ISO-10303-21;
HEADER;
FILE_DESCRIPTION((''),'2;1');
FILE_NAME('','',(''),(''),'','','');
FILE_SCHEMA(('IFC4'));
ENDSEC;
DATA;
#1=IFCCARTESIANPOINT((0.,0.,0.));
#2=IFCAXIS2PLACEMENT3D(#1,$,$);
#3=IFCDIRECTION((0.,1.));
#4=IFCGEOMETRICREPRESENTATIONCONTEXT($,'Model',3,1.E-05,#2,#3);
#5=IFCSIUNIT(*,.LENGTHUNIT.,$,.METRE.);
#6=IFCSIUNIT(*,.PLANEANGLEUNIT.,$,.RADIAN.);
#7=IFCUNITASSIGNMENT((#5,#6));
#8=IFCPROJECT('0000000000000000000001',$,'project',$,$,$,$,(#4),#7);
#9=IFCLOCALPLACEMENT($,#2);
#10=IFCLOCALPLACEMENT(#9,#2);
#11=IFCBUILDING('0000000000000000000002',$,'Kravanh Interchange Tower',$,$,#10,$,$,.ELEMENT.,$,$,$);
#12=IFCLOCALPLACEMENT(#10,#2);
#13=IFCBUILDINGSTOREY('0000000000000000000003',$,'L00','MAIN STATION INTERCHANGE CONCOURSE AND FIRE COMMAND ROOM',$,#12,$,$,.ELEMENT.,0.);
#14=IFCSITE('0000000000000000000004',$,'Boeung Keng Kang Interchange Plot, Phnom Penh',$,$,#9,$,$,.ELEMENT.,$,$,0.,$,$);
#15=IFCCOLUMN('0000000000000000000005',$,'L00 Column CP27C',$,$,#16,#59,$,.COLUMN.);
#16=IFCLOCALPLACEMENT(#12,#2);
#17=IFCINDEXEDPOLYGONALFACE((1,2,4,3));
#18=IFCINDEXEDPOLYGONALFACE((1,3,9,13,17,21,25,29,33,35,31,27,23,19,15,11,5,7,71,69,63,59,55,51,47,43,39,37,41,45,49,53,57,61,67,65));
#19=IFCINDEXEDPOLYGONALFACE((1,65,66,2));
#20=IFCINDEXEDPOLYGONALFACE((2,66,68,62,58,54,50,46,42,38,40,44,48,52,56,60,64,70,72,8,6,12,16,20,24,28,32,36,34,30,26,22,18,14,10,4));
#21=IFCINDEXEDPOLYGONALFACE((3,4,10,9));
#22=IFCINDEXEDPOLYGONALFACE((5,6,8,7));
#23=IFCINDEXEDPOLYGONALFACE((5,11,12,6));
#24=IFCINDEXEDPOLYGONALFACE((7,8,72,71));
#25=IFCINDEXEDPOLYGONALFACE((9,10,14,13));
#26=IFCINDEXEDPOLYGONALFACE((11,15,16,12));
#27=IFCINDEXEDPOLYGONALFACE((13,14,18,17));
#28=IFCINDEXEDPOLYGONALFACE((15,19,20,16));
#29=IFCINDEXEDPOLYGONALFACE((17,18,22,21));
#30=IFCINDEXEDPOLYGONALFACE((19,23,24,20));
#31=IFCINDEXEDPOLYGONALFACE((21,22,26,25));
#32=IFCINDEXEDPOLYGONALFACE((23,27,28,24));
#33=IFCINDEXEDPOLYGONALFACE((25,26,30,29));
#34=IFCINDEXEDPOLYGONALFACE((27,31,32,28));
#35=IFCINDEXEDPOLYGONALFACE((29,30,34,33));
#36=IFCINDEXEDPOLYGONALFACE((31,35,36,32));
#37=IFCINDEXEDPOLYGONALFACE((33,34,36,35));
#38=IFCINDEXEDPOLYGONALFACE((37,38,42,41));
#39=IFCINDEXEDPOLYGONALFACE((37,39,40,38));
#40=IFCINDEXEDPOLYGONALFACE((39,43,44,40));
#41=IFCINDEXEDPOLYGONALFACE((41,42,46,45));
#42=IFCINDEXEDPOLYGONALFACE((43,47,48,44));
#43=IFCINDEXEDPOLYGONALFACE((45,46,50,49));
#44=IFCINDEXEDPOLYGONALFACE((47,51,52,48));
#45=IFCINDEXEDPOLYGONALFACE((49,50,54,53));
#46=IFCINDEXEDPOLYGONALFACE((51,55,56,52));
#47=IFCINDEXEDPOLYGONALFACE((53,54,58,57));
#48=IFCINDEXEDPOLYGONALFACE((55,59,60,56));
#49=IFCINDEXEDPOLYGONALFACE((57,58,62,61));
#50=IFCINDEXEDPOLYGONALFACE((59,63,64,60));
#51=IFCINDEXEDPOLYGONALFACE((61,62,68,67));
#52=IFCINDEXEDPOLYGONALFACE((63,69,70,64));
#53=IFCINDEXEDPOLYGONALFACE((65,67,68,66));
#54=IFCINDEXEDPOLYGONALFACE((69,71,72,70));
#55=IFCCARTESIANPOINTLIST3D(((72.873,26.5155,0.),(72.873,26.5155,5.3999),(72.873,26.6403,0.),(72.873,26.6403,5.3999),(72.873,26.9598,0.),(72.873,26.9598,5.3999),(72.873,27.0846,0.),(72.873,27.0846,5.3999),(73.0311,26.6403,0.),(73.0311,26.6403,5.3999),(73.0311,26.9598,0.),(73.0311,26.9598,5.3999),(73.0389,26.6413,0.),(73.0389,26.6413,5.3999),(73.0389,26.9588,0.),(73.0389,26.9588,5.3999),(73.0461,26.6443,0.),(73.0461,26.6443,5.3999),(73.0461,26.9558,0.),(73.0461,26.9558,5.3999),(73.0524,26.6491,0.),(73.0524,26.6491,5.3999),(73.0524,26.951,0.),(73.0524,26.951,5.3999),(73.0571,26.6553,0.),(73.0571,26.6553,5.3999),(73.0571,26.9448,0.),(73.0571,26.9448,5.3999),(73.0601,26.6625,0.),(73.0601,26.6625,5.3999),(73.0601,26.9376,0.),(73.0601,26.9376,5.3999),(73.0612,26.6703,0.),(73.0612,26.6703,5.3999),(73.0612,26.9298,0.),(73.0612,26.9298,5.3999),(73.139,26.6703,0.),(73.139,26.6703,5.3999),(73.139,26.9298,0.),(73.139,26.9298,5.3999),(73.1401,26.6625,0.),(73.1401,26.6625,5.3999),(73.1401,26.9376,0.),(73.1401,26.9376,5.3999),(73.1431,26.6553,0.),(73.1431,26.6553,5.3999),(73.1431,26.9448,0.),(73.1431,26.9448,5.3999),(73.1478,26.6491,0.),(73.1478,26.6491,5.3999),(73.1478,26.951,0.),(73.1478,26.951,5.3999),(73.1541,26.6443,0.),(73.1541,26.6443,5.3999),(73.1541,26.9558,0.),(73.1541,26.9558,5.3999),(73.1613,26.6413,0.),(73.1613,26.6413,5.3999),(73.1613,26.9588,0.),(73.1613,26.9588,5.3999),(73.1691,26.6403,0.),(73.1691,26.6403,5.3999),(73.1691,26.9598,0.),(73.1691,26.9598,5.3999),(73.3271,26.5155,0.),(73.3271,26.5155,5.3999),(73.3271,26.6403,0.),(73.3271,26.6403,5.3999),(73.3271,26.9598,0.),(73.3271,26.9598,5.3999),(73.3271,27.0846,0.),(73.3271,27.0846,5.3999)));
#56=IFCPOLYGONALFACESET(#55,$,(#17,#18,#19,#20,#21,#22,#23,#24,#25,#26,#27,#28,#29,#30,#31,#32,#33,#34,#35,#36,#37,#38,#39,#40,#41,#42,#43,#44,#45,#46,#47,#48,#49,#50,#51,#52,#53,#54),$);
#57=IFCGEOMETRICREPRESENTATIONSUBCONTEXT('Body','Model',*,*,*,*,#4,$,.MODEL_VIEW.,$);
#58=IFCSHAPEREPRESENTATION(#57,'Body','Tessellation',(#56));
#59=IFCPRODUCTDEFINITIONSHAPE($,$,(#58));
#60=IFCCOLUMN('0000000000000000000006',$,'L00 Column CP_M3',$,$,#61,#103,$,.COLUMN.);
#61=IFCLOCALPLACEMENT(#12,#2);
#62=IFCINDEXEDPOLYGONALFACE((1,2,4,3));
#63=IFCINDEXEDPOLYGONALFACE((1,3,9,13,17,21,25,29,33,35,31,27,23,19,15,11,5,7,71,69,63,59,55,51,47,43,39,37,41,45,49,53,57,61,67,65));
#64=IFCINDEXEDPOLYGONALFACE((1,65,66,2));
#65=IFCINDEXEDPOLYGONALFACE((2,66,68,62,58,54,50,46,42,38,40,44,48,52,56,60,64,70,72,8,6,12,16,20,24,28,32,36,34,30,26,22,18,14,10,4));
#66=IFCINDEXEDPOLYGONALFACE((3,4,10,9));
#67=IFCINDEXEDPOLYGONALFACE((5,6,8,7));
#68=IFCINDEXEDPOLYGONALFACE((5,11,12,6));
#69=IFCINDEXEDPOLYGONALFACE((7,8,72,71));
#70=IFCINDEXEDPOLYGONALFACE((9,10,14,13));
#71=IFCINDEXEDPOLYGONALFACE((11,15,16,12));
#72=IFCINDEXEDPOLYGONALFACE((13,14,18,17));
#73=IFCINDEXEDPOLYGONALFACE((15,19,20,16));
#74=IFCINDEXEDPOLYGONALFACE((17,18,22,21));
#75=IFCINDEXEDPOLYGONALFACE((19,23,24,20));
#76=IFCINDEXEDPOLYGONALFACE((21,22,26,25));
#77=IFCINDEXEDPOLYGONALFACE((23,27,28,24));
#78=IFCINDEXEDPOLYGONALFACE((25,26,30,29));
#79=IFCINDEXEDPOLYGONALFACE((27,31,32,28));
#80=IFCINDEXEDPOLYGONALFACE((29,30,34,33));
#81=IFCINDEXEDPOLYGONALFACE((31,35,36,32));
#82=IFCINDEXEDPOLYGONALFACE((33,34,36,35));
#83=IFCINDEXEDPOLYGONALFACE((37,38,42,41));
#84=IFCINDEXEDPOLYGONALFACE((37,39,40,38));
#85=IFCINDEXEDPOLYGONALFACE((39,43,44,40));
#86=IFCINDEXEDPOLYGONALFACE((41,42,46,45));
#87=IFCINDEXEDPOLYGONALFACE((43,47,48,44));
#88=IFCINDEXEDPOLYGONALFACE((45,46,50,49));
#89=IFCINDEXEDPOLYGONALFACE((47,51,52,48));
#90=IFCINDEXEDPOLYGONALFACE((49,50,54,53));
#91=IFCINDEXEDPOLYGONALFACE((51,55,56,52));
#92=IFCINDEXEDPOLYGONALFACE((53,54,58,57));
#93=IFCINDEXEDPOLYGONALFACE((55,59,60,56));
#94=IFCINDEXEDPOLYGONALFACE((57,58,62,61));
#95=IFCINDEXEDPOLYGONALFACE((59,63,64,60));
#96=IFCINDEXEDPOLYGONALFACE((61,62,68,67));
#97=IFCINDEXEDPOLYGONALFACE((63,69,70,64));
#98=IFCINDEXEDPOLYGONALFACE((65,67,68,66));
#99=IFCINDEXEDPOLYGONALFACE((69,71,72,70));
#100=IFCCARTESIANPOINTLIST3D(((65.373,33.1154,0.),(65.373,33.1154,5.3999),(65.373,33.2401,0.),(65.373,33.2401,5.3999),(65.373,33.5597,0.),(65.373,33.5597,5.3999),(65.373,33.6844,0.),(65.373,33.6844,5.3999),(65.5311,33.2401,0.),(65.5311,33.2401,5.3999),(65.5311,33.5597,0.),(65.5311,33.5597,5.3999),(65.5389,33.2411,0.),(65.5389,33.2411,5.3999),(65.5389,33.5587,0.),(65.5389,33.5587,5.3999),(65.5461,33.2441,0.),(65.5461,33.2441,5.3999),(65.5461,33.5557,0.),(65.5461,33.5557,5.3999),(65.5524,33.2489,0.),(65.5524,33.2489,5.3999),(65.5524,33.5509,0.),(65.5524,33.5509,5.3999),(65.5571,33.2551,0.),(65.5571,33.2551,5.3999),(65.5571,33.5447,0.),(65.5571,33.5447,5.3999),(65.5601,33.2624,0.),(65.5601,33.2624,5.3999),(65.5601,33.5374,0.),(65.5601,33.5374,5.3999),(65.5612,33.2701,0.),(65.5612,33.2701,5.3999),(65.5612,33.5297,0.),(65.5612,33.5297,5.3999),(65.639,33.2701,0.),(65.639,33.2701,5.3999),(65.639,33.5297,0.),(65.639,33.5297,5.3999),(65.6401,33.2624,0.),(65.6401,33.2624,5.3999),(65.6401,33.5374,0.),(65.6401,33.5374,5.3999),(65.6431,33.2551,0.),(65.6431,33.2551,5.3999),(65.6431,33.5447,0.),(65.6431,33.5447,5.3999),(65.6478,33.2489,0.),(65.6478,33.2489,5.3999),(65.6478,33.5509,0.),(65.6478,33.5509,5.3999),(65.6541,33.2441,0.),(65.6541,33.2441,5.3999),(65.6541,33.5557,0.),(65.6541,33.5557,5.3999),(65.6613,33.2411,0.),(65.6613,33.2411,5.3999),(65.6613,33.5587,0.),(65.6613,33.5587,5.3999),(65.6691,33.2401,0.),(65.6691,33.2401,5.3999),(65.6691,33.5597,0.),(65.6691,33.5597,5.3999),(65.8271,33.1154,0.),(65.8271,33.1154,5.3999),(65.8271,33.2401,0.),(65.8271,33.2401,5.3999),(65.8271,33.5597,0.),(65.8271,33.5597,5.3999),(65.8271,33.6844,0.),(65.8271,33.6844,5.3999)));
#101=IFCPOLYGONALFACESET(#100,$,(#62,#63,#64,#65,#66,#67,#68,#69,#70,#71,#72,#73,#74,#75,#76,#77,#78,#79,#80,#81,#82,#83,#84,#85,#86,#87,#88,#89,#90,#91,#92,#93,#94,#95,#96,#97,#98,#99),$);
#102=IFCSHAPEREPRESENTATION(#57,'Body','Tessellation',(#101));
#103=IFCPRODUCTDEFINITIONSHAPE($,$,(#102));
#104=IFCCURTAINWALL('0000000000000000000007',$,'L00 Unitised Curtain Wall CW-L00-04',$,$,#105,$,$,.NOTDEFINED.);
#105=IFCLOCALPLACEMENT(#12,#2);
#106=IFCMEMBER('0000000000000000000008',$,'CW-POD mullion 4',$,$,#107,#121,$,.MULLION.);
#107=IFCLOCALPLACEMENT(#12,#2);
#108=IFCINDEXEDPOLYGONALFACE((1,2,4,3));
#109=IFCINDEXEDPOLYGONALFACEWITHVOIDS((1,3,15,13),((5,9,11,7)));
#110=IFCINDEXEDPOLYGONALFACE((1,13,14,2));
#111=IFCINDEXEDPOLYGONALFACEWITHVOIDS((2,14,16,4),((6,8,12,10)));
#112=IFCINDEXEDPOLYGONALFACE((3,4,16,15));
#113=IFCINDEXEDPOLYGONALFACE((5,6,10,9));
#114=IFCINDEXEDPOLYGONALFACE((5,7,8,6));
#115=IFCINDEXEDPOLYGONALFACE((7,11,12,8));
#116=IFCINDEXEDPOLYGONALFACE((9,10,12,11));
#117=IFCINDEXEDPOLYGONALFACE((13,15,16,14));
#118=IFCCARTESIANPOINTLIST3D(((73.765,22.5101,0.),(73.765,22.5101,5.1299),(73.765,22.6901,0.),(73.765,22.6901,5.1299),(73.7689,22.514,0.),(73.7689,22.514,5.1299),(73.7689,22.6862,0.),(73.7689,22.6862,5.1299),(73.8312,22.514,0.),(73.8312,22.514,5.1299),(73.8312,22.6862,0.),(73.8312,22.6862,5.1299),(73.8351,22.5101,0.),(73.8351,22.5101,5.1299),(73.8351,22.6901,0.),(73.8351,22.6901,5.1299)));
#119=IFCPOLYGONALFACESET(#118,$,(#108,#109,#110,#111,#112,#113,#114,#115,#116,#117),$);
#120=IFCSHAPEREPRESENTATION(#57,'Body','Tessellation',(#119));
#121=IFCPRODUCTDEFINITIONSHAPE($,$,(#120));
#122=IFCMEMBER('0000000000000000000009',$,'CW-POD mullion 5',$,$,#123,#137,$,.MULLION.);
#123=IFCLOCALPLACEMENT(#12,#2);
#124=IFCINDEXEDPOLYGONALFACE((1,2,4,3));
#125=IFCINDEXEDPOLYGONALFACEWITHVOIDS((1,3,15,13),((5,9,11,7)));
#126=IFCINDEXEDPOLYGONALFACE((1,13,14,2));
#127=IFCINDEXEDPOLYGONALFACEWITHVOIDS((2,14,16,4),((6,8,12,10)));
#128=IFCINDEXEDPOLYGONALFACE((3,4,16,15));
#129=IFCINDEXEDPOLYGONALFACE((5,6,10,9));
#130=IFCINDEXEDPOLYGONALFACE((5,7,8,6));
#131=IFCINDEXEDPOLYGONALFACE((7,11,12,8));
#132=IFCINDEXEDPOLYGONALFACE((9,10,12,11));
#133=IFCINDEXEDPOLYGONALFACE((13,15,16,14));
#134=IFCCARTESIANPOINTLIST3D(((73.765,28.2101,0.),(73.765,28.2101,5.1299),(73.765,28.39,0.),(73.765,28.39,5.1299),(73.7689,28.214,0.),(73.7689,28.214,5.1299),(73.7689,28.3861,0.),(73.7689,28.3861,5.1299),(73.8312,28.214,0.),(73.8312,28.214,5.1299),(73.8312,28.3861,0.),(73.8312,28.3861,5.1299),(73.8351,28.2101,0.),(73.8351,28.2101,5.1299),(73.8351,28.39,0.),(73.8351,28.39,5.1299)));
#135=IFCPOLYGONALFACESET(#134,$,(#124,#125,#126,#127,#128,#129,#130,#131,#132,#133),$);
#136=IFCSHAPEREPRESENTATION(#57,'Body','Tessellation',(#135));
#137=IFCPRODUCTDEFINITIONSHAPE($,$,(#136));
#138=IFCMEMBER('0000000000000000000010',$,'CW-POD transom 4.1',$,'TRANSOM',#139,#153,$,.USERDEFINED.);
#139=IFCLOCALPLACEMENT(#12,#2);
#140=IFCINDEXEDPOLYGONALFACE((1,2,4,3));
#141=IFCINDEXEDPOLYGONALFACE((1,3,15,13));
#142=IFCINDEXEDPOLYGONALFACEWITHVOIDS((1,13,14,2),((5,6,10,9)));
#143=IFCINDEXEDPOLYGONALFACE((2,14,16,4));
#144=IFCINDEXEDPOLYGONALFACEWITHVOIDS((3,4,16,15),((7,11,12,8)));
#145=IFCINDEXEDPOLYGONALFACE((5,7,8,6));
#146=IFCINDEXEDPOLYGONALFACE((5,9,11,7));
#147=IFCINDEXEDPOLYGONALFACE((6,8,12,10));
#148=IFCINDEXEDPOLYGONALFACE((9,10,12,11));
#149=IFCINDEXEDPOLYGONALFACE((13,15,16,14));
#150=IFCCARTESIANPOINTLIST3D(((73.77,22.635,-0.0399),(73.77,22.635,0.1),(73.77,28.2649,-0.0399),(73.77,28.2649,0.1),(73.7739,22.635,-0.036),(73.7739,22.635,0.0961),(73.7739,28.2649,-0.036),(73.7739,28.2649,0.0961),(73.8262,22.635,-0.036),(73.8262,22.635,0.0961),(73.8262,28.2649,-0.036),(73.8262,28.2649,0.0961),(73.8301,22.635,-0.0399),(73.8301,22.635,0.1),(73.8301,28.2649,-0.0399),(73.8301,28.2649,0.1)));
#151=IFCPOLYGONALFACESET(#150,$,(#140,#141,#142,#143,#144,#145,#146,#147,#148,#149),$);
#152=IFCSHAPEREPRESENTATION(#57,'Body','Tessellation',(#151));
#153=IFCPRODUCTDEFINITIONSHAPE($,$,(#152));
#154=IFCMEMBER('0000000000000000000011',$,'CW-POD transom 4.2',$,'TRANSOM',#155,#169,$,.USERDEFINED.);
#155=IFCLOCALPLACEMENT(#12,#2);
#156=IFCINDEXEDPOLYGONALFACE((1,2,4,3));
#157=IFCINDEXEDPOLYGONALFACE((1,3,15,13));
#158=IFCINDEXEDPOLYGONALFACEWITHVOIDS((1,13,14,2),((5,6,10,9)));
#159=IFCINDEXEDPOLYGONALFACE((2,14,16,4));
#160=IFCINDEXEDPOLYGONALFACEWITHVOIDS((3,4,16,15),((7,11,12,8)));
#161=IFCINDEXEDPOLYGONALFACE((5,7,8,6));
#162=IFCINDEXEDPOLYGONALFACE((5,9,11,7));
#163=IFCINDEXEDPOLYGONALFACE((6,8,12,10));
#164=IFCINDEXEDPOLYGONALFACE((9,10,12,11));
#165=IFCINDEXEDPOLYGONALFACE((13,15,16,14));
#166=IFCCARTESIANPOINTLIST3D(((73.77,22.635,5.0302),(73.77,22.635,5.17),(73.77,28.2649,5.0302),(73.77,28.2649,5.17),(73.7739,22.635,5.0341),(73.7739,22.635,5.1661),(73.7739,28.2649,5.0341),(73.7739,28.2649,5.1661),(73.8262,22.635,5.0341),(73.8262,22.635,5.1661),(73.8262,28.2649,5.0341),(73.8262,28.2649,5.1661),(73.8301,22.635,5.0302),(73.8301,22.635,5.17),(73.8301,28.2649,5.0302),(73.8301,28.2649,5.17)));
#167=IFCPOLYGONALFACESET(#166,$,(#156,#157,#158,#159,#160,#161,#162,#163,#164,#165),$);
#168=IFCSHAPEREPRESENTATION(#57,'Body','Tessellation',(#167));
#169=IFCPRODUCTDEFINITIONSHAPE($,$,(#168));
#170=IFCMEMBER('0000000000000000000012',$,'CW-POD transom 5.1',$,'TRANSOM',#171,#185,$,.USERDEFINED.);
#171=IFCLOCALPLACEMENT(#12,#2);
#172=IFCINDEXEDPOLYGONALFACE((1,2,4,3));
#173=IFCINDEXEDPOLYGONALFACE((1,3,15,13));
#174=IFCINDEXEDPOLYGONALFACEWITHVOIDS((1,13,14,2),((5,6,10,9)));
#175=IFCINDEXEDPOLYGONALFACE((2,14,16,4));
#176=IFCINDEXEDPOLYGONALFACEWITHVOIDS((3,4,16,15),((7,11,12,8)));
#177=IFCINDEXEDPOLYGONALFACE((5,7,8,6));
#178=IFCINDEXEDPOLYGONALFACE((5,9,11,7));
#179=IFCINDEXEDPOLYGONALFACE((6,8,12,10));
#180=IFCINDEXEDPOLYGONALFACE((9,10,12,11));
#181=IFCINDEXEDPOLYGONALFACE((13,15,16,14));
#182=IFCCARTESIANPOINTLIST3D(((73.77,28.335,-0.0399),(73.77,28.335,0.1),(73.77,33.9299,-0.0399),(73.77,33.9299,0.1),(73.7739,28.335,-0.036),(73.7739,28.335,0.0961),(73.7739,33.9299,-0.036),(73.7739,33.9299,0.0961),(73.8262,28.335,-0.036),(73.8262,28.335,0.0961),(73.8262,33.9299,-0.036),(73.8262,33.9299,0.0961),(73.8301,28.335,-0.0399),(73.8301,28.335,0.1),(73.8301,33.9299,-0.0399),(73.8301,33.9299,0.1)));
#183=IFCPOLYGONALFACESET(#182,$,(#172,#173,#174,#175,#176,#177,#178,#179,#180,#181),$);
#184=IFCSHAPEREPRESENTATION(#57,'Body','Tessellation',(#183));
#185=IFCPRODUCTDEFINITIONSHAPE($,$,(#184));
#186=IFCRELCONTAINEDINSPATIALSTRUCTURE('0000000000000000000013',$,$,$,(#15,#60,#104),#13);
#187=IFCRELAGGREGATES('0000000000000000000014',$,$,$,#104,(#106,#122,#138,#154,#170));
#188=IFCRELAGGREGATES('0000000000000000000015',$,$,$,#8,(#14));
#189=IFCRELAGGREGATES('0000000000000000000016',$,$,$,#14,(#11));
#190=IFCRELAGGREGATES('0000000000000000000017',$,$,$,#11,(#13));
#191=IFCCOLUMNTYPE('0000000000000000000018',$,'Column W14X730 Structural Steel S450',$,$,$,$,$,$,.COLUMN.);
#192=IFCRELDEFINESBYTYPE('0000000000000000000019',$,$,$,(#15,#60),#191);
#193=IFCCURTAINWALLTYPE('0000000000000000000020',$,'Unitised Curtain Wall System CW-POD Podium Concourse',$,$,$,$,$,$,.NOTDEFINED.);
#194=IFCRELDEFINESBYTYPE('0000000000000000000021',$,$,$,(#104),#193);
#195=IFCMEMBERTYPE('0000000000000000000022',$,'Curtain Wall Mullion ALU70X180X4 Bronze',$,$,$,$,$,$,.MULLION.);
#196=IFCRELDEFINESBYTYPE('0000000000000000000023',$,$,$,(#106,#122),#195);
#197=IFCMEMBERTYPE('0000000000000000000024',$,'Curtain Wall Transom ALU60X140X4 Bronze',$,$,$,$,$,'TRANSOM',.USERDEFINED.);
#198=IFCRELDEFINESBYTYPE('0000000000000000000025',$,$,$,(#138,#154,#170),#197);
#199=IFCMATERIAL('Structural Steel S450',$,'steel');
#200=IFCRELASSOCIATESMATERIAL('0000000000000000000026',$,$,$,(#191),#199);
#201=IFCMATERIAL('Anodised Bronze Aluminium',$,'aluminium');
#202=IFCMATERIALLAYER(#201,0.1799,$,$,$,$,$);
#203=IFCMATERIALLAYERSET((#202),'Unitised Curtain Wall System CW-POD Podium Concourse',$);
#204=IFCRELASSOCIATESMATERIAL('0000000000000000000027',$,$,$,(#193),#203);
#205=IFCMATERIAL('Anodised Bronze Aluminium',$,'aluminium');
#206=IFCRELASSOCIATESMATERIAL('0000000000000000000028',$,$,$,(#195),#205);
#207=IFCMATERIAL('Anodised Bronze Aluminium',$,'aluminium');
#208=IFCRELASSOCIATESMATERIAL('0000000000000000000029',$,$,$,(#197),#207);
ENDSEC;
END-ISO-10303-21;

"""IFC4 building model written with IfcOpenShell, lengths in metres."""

from ifc_helpers import new_model, si_unit, direction, frame, origin, origin_2d, place, context, subcontext, project, spatial, hollow_rectangle, i_section, extrude, material, layer, layer_set, material_profile, profile_set, type_object, element, aggregate, save


model = new_model("IFC4")

# Units and contexts
model_context = context("Model", 3, precision=1e-05, world=origin(), true_north=direction((0.0, 1.0)))
body_context = subcontext(model_context, "Body", "Model", "MODEL_VIEW")
ifc_project = project(units=[si_unit("LENGTHUNIT", "METRE"), si_unit("PLANEANGLEUNIT", "RADIAN")], contexts=[model_context])

# Site, building, storey
site_placement = place(None, origin())
site = spatial("IfcSite", under=ifc_project, at=site_placement, Name="Boeung Keng Kang Interchange Plot, Phnom Penh", CompositionType="ELEMENT", RefElevation=0.0)
building_placement = place(site_placement, origin())
building = spatial("IfcBuilding", under=site, at=building_placement, Name="Kravanh Interchange Tower", CompositionType="ELEMENT")
storey_placement = place(building_placement, origin())
storey = spatial("IfcBuildingStorey", under=building, at=storey_placement, Name="L00", Description="MAIN STATION INTERCHANGE CONCOURSE AND FIRE COMMAND ROOM", CompositionType="ELEMENT", Elevation=0.0)

# Columns
ifc_material_1 = material(Name="Structural Steel S450", Category="steel")
ifc_material_profile_1 = material_profile(ifc_material_1, i_section(OverallWidth=0.4541, OverallDepth=0.5691, WebThickness=0.0779, FlangeThickness=0.1248, FilletRadius=0.03, at=origin_2d()), Name="W14X730")
ifc_profile_set_1 = profile_set([ifc_material_profile_1], Name="Structural Steel S450")
column_type = type_object("IfcColumnType", Name="Column W14X730 Structural Steel S450", PredefinedType="COLUMN", material=ifc_profile_set_1)
for number, where, z_axis, x_axis, name in (
    (1, (73.1001, 26.8, 0.0), (0.0, 0.0, 1.0), (1.0, 0.0, 0.0), "L00 Column CP27C"),
    (2, (65.6001, 33.3999, 0.0), (0.0, 0.0, 1.0), (1.0, 0.0, 0.0), "L00 Column CP_M3"),
):
    element("IfcColumn", number, at=place(storey_placement, frame(where, z_axis=z_axis, x_axis=x_axis)), inside=storey, type_object=column_type, Name=name, PredefinedType="COLUMN", context=body_context, shape_type="SweptSolid", body=[
        extrude(i_section(OverallWidth=0.4541, OverallDepth=0.5691, WebThickness=0.0779, FlangeThickness=0.1248, FilletRadius=0.03, at=origin_2d()), origin(), (0.0, 0.0, 1.0), 5.3999),
    ])

# Curtain wall, members
ifc_material_2 = material(Name="Anodised Bronze Aluminium", Category="aluminium")
ifc_layer_1 = layer(ifc_material_2, 0.1799)
ifc_layer_set_1 = layer_set([ifc_layer_1], Name="Unitised Curtain Wall System CW-POD Podium Concourse")
curtain_wall_type = type_object("IfcCurtainWallType", Name="Unitised Curtain Wall System CW-POD Podium Concourse", PredefinedType="NOTDEFINED", material=ifc_layer_set_1)
curtain_wall_placement = place(storey_placement, origin())
curtain_wall = element("IfcCurtainWall", 3, at=curtain_wall_placement, inside=storey, type_object=curtain_wall_type, Name="L00 Unitised Curtain Wall CW-L00-04", PredefinedType="NOTDEFINED")
ifc_material_3 = material(Name="Anodised Bronze Aluminium", Category="aluminium")
ifc_material_profile_2 = material_profile(ifc_material_3, hollow_rectangle(XDim=0.0701, YDim=0.1799, WallThickness=0.0039, at=origin_2d()), Name="ALU70X180X4")
ifc_profile_set_2 = profile_set([ifc_material_profile_2], Name="Anodised Bronze Aluminium")
member_type_1 = type_object("IfcMemberType", Name="Curtain Wall Mullion ALU70X180X4 Bronze", PredefinedType="MULLION", material=ifc_profile_set_2)
member_1_placement = place(storey_placement, frame((73.8, 22.6001, 0.0), z_axis=(0.0, 0.0, 1.0), x_axis=(-1.0, 0.0, 0.0)))
member_1 = element("IfcMember", 4, at=member_1_placement, type_object=member_type_1, Name="CW-POD mullion 4", PredefinedType="MULLION", context=body_context, shape_type="SweptSolid", body=[
    extrude(hollow_rectangle(XDim=0.0701, YDim=0.1799, WallThickness=0.0039, at=origin_2d()), origin(), (0.0, 0.0, 1.0), 5.1299),
])
member_2_placement = place(storey_placement, frame((73.8, 28.3, 0.0), z_axis=(0.0, 0.0, 1.0), x_axis=(-1.0, 0.0, 0.0)))
member_2 = element("IfcMember", 5, at=member_2_placement, type_object=member_type_1, Name="CW-POD mullion 5", PredefinedType="MULLION", context=body_context, shape_type="SweptSolid", body=[
    extrude(hollow_rectangle(XDim=0.0701, YDim=0.1799, WallThickness=0.0039, at=origin_2d()), origin(), (0.0, 0.0, 1.0), 5.1299),
])
ifc_material_4 = material(Name="Anodised Bronze Aluminium", Category="aluminium")
ifc_material_profile_3 = material_profile(ifc_material_4, hollow_rectangle(XDim=0.0601, YDim=0.1399, WallThickness=0.0039, at=origin_2d()), Name="ALU60X140X4")
ifc_profile_set_3 = profile_set([ifc_material_profile_3], Name="Anodised Bronze Aluminium")
member_type_2 = type_object("IfcMemberType", Name="Curtain Wall Transom ALU60X140X4 Bronze", ElementType="TRANSOM", PredefinedType="USERDEFINED", material=ifc_profile_set_3)
member_3_placement = place(storey_placement, frame((73.8, 22.635, 0.03), z_axis=(0.0, 1.0, 0.0), x_axis=(-1.0, 0.0, 0.0)))
member_3 = element("IfcMember", 6, at=member_3_placement, type_object=member_type_2, Name="CW-POD transom 4.1", ObjectType="TRANSOM", PredefinedType="USERDEFINED", context=body_context, shape_type="SweptSolid", body=[
    extrude(hollow_rectangle(XDim=0.0601, YDim=0.1399, WallThickness=0.0039, at=origin_2d()), origin(), (0.0, 0.0, 1.0), 5.6299),
])
member_4_placement = place(storey_placement, frame((73.8, 22.635, 5.1001), z_axis=(0.0, 1.0, 0.0), x_axis=(-1.0, 0.0, 0.0)))
member_4 = element("IfcMember", 7, at=member_4_placement, type_object=member_type_2, Name="CW-POD transom 4.2", ObjectType="TRANSOM", PredefinedType="USERDEFINED", context=body_context, shape_type="SweptSolid", body=[
    extrude(hollow_rectangle(XDim=0.0601, YDim=0.1399, WallThickness=0.0039, at=origin_2d()), origin(), (0.0, 0.0, 1.0), 5.6299),
])
member_5_placement = place(storey_placement, frame((73.8, 28.335, 0.03), z_axis=(0.0, 1.0, 0.0), x_axis=(-1.0, 0.0, 0.0)))
member_5 = element("IfcMember", 8, at=member_5_placement, type_object=member_type_2, Name="CW-POD transom 5.1", ObjectType="TRANSOM", PredefinedType="USERDEFINED", context=body_context, shape_type="SweptSolid", body=[
    extrude(hollow_rectangle(XDim=0.0601, YDim=0.1399, WallThickness=0.0039, at=origin_2d()), origin(), (0.0, 0.0, 1.0), 5.595),
])

aggregate(curtain_wall, [member_1, member_2, member_3, member_4, member_5])

save(model, "model.ifc")
